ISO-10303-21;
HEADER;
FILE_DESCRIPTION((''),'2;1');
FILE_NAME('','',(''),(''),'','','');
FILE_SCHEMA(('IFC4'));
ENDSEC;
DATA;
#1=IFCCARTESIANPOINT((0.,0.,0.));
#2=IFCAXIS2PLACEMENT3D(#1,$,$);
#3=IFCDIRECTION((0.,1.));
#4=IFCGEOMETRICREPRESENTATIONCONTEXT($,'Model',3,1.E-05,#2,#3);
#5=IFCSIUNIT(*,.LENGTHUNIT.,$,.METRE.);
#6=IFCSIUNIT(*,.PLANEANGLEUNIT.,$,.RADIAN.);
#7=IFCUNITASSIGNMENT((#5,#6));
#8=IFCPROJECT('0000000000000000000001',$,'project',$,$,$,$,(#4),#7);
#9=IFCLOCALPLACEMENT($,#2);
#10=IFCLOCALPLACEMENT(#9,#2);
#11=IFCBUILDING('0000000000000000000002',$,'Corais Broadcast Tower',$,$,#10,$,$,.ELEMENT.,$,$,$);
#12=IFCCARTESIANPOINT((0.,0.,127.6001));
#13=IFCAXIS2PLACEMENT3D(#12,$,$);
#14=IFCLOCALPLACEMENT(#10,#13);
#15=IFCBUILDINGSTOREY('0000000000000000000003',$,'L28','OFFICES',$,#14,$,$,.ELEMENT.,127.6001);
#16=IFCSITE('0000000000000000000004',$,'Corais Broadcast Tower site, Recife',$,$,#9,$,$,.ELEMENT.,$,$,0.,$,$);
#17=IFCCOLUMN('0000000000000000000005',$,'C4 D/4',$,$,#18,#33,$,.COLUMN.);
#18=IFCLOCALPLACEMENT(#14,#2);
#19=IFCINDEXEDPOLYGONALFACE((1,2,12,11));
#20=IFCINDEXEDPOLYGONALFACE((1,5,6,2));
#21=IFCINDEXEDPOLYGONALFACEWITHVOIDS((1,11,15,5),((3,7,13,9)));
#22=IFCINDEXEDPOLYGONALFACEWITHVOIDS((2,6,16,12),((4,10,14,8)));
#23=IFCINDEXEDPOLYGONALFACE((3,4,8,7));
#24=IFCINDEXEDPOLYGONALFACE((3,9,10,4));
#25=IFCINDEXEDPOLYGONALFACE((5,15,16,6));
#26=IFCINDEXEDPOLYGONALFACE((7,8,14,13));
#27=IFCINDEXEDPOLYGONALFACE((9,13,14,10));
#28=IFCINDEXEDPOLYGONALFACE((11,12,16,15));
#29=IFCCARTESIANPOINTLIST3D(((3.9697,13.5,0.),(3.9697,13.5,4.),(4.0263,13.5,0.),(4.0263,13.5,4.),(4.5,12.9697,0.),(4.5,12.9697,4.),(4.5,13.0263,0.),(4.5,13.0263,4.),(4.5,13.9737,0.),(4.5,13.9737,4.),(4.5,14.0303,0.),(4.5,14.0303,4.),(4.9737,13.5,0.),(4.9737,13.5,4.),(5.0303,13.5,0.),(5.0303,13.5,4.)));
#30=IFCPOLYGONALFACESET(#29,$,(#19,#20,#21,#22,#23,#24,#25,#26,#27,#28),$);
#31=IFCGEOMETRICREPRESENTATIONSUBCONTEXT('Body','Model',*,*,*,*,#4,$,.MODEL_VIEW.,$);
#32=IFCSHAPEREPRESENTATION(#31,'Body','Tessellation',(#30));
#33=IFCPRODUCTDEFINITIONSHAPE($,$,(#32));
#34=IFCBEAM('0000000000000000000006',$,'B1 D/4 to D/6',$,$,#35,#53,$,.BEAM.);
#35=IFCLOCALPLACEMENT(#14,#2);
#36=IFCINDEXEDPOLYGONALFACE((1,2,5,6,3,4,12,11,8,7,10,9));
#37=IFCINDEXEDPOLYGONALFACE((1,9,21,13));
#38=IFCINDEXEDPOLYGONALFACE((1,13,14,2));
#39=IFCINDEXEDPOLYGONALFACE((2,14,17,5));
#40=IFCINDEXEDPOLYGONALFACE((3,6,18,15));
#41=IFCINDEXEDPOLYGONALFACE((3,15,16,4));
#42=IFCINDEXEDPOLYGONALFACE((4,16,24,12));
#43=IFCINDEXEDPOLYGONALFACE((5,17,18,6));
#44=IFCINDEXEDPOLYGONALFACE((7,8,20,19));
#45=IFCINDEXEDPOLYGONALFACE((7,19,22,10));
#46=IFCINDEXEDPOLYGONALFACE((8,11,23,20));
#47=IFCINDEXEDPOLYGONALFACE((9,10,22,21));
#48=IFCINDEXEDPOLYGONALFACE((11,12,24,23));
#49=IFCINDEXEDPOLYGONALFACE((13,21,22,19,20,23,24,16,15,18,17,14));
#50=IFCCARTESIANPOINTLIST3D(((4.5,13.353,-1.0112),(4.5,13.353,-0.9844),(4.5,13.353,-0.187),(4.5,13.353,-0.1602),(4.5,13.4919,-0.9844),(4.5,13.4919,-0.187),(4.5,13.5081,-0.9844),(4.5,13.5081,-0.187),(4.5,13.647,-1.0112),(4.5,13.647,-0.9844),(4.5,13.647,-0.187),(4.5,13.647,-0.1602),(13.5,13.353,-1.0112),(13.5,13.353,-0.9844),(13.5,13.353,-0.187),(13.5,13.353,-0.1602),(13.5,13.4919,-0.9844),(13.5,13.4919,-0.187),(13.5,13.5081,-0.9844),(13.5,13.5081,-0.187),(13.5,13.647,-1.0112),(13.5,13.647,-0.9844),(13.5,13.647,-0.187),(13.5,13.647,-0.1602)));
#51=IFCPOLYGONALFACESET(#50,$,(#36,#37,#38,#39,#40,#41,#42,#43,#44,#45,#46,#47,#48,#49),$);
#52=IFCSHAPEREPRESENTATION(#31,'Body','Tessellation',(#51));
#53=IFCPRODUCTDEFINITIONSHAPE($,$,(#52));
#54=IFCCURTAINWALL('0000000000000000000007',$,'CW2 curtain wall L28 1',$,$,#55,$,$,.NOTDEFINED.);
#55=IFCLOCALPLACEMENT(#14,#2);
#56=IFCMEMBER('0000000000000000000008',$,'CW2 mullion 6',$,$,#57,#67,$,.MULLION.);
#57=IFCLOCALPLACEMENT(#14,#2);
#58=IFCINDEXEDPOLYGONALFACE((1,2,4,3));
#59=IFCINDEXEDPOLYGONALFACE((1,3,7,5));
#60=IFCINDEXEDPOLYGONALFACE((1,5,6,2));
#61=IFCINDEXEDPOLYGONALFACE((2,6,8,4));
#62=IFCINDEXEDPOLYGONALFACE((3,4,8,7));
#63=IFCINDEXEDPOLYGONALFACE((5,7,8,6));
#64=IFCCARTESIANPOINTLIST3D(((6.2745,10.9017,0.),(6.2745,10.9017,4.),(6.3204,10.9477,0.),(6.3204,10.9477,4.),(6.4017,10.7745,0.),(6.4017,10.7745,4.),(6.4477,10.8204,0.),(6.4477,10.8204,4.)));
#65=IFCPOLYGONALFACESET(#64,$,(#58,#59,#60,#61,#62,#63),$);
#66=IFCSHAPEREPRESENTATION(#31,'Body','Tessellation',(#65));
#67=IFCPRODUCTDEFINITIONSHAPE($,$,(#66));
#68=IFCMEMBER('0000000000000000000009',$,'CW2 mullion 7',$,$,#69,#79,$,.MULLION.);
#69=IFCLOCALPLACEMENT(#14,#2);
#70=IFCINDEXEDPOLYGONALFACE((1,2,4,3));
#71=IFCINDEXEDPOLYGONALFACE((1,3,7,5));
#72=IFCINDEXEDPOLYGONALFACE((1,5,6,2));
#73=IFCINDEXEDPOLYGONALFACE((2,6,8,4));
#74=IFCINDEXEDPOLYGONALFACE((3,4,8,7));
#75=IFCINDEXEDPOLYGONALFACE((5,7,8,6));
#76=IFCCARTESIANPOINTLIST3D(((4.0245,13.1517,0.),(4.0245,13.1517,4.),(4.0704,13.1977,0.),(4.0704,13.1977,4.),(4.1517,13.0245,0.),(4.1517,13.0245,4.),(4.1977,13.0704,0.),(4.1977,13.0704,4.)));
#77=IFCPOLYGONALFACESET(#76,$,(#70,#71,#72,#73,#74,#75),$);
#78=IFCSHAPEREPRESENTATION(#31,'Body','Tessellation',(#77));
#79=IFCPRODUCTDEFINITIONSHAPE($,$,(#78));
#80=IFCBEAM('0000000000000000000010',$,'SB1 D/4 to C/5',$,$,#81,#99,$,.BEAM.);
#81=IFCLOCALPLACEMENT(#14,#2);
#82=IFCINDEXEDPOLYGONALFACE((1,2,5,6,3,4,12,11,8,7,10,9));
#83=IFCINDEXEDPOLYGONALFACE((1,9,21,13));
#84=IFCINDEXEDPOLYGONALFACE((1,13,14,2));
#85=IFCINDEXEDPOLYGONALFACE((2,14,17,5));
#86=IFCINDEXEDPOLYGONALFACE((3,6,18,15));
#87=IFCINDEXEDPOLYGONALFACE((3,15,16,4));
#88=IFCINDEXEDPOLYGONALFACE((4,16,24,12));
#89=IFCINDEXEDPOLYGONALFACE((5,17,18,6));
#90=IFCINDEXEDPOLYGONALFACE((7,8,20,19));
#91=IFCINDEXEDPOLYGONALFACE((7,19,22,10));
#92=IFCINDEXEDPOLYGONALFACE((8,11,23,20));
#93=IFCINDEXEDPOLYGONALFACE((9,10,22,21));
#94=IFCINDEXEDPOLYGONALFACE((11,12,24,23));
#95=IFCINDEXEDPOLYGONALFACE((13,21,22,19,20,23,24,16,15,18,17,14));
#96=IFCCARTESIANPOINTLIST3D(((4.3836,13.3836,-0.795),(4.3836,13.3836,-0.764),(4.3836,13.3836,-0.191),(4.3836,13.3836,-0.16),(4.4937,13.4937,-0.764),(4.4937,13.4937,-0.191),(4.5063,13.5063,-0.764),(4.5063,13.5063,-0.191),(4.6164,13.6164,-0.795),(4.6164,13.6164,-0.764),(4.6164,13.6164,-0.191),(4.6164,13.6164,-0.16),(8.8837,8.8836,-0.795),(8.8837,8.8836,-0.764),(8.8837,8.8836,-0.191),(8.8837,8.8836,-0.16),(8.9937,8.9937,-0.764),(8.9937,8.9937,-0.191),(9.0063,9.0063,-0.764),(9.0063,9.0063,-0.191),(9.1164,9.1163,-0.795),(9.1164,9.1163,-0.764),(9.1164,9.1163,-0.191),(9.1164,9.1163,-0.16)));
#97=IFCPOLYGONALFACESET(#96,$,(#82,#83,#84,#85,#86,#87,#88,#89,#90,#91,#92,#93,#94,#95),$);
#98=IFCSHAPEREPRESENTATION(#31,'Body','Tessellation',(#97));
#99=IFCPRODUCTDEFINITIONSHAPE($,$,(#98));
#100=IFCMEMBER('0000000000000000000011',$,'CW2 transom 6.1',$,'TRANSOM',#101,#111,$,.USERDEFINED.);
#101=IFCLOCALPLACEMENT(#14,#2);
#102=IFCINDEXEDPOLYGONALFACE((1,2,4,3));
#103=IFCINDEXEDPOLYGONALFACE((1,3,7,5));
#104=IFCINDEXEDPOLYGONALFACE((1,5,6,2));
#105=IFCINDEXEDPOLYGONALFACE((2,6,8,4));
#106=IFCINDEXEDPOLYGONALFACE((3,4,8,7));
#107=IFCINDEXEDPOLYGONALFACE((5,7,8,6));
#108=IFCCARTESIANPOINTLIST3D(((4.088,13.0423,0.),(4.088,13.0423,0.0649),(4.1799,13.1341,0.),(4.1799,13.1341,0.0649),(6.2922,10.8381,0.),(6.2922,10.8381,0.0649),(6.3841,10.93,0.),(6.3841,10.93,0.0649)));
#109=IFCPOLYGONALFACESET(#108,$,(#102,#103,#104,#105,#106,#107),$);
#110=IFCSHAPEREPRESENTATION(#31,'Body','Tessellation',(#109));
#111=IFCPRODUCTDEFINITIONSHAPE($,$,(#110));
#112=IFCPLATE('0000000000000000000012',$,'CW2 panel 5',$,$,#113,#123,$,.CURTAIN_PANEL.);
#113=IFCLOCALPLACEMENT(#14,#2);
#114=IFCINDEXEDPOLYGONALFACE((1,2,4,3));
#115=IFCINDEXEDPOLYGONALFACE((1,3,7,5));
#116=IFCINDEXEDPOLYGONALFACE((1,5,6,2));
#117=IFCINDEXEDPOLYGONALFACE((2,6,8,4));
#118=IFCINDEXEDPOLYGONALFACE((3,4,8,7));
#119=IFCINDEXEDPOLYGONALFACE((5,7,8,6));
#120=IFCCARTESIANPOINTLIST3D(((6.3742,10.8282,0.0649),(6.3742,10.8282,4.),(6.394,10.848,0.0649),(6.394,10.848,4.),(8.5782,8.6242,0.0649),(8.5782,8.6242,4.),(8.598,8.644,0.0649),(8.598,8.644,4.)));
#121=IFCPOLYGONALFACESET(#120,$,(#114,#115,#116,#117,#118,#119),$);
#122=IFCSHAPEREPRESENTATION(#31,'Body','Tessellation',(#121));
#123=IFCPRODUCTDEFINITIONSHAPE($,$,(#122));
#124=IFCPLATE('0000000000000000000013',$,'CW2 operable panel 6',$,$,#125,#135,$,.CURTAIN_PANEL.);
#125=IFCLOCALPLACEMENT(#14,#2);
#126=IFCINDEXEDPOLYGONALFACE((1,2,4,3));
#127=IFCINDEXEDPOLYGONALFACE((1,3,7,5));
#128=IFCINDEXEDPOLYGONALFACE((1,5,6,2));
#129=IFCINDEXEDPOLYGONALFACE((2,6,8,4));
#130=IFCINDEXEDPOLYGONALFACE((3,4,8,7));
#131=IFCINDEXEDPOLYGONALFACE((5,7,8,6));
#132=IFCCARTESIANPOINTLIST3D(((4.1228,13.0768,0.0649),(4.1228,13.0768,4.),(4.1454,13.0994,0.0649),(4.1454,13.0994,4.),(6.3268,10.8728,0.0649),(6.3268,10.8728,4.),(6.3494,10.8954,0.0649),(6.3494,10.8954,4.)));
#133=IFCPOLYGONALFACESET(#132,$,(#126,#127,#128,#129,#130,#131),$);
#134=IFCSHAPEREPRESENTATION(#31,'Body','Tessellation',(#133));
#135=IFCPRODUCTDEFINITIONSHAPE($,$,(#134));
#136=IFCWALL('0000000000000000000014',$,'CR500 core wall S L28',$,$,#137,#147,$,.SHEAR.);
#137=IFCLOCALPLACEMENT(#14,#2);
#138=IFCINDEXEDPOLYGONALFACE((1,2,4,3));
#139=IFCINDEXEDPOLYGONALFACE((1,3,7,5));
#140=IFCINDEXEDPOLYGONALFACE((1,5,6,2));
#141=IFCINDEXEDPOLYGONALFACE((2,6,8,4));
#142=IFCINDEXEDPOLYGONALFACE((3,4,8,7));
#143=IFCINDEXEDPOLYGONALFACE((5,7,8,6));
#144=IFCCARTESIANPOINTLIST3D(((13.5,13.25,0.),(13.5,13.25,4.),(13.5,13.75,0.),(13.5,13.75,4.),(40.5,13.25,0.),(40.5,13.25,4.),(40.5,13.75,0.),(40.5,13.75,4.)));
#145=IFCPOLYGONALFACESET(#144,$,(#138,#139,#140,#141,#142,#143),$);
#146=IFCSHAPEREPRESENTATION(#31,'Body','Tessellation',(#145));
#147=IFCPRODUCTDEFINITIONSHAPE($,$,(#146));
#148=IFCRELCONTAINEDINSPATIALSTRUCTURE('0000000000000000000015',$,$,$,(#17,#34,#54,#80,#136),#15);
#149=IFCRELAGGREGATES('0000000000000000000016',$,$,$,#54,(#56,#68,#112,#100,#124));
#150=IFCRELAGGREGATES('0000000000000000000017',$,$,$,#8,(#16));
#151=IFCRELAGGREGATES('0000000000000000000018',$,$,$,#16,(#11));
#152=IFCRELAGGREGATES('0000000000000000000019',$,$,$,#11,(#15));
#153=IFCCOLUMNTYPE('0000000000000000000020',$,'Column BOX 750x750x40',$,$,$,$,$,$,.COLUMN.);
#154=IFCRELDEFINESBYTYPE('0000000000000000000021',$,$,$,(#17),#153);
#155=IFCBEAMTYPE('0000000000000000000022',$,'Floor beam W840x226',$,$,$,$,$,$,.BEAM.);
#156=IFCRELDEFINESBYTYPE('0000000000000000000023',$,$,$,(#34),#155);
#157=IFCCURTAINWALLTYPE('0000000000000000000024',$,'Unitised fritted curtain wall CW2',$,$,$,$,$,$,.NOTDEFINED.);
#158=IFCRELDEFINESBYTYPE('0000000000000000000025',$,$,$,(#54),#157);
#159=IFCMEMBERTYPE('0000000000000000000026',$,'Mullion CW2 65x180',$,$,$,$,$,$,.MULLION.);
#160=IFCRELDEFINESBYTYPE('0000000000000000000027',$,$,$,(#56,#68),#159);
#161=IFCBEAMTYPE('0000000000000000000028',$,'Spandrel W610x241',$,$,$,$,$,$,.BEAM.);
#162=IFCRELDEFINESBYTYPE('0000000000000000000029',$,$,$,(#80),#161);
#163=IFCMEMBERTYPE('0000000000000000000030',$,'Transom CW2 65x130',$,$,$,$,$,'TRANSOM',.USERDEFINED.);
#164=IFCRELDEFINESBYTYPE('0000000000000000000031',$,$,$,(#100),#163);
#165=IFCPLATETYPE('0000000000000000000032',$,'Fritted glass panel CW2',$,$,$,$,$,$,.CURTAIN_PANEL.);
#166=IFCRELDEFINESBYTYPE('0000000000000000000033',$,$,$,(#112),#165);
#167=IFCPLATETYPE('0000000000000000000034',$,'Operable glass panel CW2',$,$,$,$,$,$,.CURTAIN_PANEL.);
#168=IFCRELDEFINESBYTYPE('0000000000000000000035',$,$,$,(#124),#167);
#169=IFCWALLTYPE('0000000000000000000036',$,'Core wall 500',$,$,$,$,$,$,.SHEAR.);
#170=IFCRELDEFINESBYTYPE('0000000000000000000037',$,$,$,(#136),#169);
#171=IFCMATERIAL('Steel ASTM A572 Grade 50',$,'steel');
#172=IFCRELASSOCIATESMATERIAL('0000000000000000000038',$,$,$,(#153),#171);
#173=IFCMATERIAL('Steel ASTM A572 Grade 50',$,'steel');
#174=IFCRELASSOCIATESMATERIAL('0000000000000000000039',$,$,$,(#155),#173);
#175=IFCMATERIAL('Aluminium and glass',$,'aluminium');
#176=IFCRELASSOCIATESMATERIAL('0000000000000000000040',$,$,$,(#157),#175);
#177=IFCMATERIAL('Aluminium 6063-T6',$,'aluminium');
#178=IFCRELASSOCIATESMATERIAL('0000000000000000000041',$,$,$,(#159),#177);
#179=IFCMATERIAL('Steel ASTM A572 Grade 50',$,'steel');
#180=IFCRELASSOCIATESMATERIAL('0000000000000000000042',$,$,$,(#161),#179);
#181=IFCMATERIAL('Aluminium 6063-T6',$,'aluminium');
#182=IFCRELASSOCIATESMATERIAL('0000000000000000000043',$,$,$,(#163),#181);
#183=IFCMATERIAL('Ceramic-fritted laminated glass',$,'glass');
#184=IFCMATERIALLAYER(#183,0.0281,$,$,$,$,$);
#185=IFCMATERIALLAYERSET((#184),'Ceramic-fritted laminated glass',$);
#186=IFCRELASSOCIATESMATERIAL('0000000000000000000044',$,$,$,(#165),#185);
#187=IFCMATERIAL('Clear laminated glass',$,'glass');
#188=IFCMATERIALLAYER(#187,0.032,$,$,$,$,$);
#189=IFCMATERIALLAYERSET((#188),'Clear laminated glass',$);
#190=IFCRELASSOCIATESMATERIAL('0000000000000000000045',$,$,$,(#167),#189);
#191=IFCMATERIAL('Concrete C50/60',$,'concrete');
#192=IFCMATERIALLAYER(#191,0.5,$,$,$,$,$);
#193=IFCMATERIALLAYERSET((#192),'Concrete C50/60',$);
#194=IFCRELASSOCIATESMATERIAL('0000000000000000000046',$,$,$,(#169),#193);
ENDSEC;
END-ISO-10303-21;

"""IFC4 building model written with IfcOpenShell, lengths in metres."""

from ifc_helpers import new_model, si_unit, direction, frame, frame_2d, origin, origin_2d, place, context, subcontext, project, spatial, rectangle, hollow_rectangle, i_section, extrude, material, layer, layer_set, material_profile, profile_set, type_object, element, aggregate, save


model = new_model("IFC4")

# Units and contexts
model_context = context("Model", 3, precision=1e-05, world=origin(), true_north=direction((0.0, 1.0)))
body_context = subcontext(model_context, "Body", "Model", "MODEL_VIEW")
ifc_project = project(units=[si_unit("LENGTHUNIT", "METRE"), si_unit("PLANEANGLEUNIT", "RADIAN")], contexts=[model_context])

# Site, building, storey
site_placement = place(None, origin())
site = spatial("IfcSite", under=ifc_project, at=site_placement, Name="Corais Broadcast Tower site, Recife", CompositionType="ELEMENT", RefElevation=0.0)
building_placement = place(site_placement, origin())
building = spatial("IfcBuilding", under=site, at=building_placement, Name="Corais Broadcast Tower", CompositionType="ELEMENT")
storey_placement = place(building_placement, frame((0.0, 0.0, 127.6001)))
storey = spatial("IfcBuildingStorey", under=building, at=storey_placement, Name="L28", Description="OFFICES", CompositionType="ELEMENT", Elevation=127.6001)

# Column
ifc_material_1 = material(Name="Steel ASTM A572 Grade 50", Category="steel")
ifc_material_profile_1 = material_profile(ifc_material_1, hollow_rectangle(XDim=0.75, YDim=0.75, WallThickness=0.04, at=origin_2d()), Name="BOX 750x750x40")
ifc_profile_set_1 = profile_set([ifc_material_profile_1], Name="Steel ASTM A572 Grade 50")
column_type = type_object("IfcColumnType", Name="Column BOX 750x750x40", PredefinedType="COLUMN", material=ifc_profile_set_1)
column_placement = place(storey_placement, frame((4.5, 13.5, 0.0), z_axis=(0.0, 0.0, 1.0), x_axis=(0.707107, 0.707107, 0.0)))
element("IfcColumn", 1, at=column_placement, inside=storey, type_object=column_type, Name="C4 D/4", PredefinedType="COLUMN", context=body_context, shape_type="SweptSolid", body=[
    extrude(hollow_rectangle(XDim=0.75, YDim=0.75, WallThickness=0.04, at=origin_2d()), origin(), (0.0, 0.0, 1.0), 4.0),
])

# Beam
ifc_material_2 = material(Name="Steel ASTM A572 Grade 50", Category="steel")
ifc_material_profile_2 = material_profile(ifc_material_2, i_section(OverallWidth=0.2939, OverallDepth=0.8511, WebThickness=0.0161, FlangeThickness=0.0269, at=origin_2d()), Name="W840x226")
ifc_profile_set_2 = profile_set([ifc_material_profile_2], Name="Steel ASTM A572 Grade 50")
beam_type_1 = type_object("IfcBeamType", Name="Floor beam W840x226", PredefinedType="BEAM", material=ifc_profile_set_2)
beam_1_placement = place(storey_placement, frame((4.5, 13.5, -0.5857), z_axis=(1.0, 0.0, 0.0), x_axis=(0.0, 1.0, 0.0)))
element("IfcBeam", 2, at=beam_1_placement, inside=storey, type_object=beam_type_1, Name="B1 D/4 to D/6", PredefinedType="BEAM", context=body_context, shape_type="SweptSolid", body=[
    extrude(i_section(OverallWidth=0.2939, OverallDepth=0.8511, WebThickness=0.0161, FlangeThickness=0.0269, at=origin_2d()), origin(), (0.0, 0.0, 1.0), 9.0),
])

# Curtain wall, members
ifc_material_3 = material(Name="Aluminium and glass", Category="aluminium")
curtain_wall_type = type_object("IfcCurtainWallType", Name="Unitised fritted curtain wall CW2", PredefinedType="NOTDEFINED", material=ifc_material_3)
curtain_wall_placement = place(storey_placement, origin())
curtain_wall = element("IfcCurtainWall", 3, at=curtain_wall_placement, inside=storey, type_object=curtain_wall_type, Name="CW2 curtain wall L28 1", PredefinedType="NOTDEFINED")
ifc_material_4 = material(Name="Aluminium 6063-T6", Category="aluminium")
ifc_material_profile_3 = material_profile(ifc_material_4, rectangle(XDim=0.0649, YDim=0.1799, at=origin_2d()), Name="Mullion CW2 65x180")
ifc_profile_set_3 = profile_set([ifc_material_profile_3], Name="Aluminium 6063-T6")
member_type_1 = type_object("IfcMemberType", Name="Mullion CW2 65x180", PredefinedType="MULLION", material=ifc_profile_set_3)
member_1_placement = place(storey_placement, frame((6.3611, 10.8611, 0.0), z_axis=(0.0, 0.0, 1.0), x_axis=(-0.707107, -0.707107, 0.0)))
member_1 = element("IfcMember", 4, at=member_1_placement, type_object=member_type_1, Name="CW2 mullion 6", PredefinedType="MULLION", context=body_context, shape_type="SweptSolid", body=[
    extrude(rectangle(XDim=0.0649, YDim=0.1799, at=origin_2d()), origin(), (0.0, 0.0, 1.0), 4.0),
])
member_2_placement = place(storey_placement, frame((4.1111, 13.1111, 0.0), z_axis=(0.0, 0.0, 1.0), x_axis=(-0.707107, -0.707107, 0.0)))
member_2 = element("IfcMember", 5, at=member_2_placement, type_object=member_type_1, Name="CW2 mullion 7", PredefinedType="MULLION", context=body_context, shape_type="SweptSolid", body=[
    extrude(rectangle(XDim=0.0649, YDim=0.1799, at=origin_2d()), origin(), (0.0, 0.0, 1.0), 4.0),
])

# Beam
ifc_material_5 = material(Name="Steel ASTM A572 Grade 50", Category="steel")
ifc_material_profile_4 = material_profile(ifc_material_5, i_section(OverallWidth=0.3291, OverallDepth=0.635, WebThickness=0.0178, FlangeThickness=0.031, at=origin_2d()), Name="W610x241")
ifc_profile_set_4 = profile_set([ifc_material_profile_4], Name="Steel ASTM A572 Grade 50")
beam_type_2 = type_object("IfcBeamType", Name="Spandrel W610x241", PredefinedType="BEAM", material=ifc_profile_set_4)
beam_2_placement = place(storey_placement, frame((4.5, 13.5, -0.4775), z_axis=(0.707107, -0.707107, 0.0), x_axis=(0.707107, 0.707107, 0.0)))
element("IfcBeam", 6, at=beam_2_placement, inside=storey, type_object=beam_type_2, Name="SB1 D/4 to C/5", PredefinedType="BEAM", context=body_context, shape_type="SweptSolid", body=[
    extrude(i_section(OverallWidth=0.3291, OverallDepth=0.635, WebThickness=0.0178, FlangeThickness=0.031, at=origin_2d()), origin(), (0.0, 0.0, 1.0), 6.364),
])

# Member
ifc_material_6 = material(Name="Aluminium 6063-T6", Category="aluminium")
ifc_material_profile_5 = material_profile(ifc_material_6, rectangle(XDim=0.1299, YDim=0.0649, at=origin_2d()), Name="Transom CW2 65x130")
ifc_profile_set_5 = profile_set([ifc_material_profile_5], Name="Aluminium 6063-T6")
member_type_2 = type_object("IfcMemberType", Name="Transom CW2 65x130", ElementType="TRANSOM", PredefinedType="USERDEFINED", material=ifc_profile_set_5)
member_3_placement = place(storey_placement, frame((6.3381, 10.884, 0.0325), z_axis=(-0.707107, 0.707107, 0.0), x_axis=(-0.707107, -0.707107, 0.0)))
member_3 = element("IfcMember", 7, at=member_3_placement, type_object=member_type_2, Name="CW2 transom 6.1", ObjectType="TRANSOM", PredefinedType="USERDEFINED", context=body_context, shape_type="SweptSolid", body=[
    extrude(rectangle(XDim=0.1299, YDim=0.0649, at=origin_2d()), origin(), (0.0, 0.0, 1.0), 3.1172),
])

# Plates
ifc_material_7 = material(Name="Ceramic-fritted laminated glass", Category="glass")
ifc_layer_1 = layer(ifc_material_7, 0.0281)
ifc_layer_set_1 = layer_set([ifc_layer_1], Name="Ceramic-fritted laminated glass")
plate_type_1 = type_object("IfcPlateType", Name="Fritted glass panel CW2", PredefinedType="CURTAIN_PANEL", material=ifc_layer_set_1)
plate_1_placement = place(storey_placement, frame((7.4861, 9.7361, 0.0649), z_axis=(0.0, 0.0, 1.0), x_axis=(-0.707107, 0.707107, 0.0)))
plate_1 = element("IfcPlate", 8, at=plate_1_placement, type_object=plate_type_1, Name="CW2 panel 5", PredefinedType="CURTAIN_PANEL", context=body_context, shape_type="SweptSolid", body=[
    extrude(rectangle(XDim=3.1169, YDim=0.0281, at=origin_2d()), origin(), (0.0, 0.0, 1.0), 3.9351),
])
ifc_material_8 = material(Name="Clear laminated glass", Category="glass")
ifc_layer_2 = layer(ifc_material_8, 0.032)
ifc_layer_set_2 = layer_set([ifc_layer_2], Name="Clear laminated glass")
plate_type_2 = type_object("IfcPlateType", Name="Operable glass panel CW2", PredefinedType="CURTAIN_PANEL", material=ifc_layer_set_2)
plate_2_placement = place(storey_placement, frame((5.2361, 11.9861, 0.0649), z_axis=(0.0, 0.0, 1.0), x_axis=(-0.707107, 0.707107, 0.0)))
plate_2 = element("IfcPlate", 9, at=plate_2_placement, type_object=plate_type_2, Name="CW2 operable panel 6", PredefinedType="CURTAIN_PANEL", context=body_context, shape_type="SweptSolid", body=[
    extrude(rectangle(XDim=3.1169, YDim=0.032, at=origin_2d()), origin(), (0.0, 0.0, 1.0), 3.9351),
])
aggregate(curtain_wall, [member_1, member_2, plate_1, member_3, plate_2])

# Wall
ifc_material_9 = material(Name="Concrete C50/60", Category="concrete")
ifc_layer_3 = layer(ifc_material_9, 0.5)
ifc_layer_set_3 = layer_set([ifc_layer_3], Name="Concrete C50/60")
wall_type_1 = type_object("IfcWallType", Name="Core wall 500", PredefinedType="SHEAR", material=ifc_layer_set_3)
wall_1_placement = place(storey_placement, frame((13.5, 13.5, 0.0), z_axis=(0.0, 0.0, 1.0), x_axis=(1.0, 0.0, 0.0)))
element("IfcWall", 10, at=wall_1_placement, inside=storey, type_object=wall_type_1, Name="CR500 core wall S L28", PredefinedType="SHEAR", context=body_context, shape_type="SweptSolid", body=[
    extrude(rectangle(XDim=27.0, YDim=0.5, at=frame_2d((13.5, 0.0))), origin(), (0.0, 0.0, 1.0), 4.0),
])

save(model, "model.ifc")
